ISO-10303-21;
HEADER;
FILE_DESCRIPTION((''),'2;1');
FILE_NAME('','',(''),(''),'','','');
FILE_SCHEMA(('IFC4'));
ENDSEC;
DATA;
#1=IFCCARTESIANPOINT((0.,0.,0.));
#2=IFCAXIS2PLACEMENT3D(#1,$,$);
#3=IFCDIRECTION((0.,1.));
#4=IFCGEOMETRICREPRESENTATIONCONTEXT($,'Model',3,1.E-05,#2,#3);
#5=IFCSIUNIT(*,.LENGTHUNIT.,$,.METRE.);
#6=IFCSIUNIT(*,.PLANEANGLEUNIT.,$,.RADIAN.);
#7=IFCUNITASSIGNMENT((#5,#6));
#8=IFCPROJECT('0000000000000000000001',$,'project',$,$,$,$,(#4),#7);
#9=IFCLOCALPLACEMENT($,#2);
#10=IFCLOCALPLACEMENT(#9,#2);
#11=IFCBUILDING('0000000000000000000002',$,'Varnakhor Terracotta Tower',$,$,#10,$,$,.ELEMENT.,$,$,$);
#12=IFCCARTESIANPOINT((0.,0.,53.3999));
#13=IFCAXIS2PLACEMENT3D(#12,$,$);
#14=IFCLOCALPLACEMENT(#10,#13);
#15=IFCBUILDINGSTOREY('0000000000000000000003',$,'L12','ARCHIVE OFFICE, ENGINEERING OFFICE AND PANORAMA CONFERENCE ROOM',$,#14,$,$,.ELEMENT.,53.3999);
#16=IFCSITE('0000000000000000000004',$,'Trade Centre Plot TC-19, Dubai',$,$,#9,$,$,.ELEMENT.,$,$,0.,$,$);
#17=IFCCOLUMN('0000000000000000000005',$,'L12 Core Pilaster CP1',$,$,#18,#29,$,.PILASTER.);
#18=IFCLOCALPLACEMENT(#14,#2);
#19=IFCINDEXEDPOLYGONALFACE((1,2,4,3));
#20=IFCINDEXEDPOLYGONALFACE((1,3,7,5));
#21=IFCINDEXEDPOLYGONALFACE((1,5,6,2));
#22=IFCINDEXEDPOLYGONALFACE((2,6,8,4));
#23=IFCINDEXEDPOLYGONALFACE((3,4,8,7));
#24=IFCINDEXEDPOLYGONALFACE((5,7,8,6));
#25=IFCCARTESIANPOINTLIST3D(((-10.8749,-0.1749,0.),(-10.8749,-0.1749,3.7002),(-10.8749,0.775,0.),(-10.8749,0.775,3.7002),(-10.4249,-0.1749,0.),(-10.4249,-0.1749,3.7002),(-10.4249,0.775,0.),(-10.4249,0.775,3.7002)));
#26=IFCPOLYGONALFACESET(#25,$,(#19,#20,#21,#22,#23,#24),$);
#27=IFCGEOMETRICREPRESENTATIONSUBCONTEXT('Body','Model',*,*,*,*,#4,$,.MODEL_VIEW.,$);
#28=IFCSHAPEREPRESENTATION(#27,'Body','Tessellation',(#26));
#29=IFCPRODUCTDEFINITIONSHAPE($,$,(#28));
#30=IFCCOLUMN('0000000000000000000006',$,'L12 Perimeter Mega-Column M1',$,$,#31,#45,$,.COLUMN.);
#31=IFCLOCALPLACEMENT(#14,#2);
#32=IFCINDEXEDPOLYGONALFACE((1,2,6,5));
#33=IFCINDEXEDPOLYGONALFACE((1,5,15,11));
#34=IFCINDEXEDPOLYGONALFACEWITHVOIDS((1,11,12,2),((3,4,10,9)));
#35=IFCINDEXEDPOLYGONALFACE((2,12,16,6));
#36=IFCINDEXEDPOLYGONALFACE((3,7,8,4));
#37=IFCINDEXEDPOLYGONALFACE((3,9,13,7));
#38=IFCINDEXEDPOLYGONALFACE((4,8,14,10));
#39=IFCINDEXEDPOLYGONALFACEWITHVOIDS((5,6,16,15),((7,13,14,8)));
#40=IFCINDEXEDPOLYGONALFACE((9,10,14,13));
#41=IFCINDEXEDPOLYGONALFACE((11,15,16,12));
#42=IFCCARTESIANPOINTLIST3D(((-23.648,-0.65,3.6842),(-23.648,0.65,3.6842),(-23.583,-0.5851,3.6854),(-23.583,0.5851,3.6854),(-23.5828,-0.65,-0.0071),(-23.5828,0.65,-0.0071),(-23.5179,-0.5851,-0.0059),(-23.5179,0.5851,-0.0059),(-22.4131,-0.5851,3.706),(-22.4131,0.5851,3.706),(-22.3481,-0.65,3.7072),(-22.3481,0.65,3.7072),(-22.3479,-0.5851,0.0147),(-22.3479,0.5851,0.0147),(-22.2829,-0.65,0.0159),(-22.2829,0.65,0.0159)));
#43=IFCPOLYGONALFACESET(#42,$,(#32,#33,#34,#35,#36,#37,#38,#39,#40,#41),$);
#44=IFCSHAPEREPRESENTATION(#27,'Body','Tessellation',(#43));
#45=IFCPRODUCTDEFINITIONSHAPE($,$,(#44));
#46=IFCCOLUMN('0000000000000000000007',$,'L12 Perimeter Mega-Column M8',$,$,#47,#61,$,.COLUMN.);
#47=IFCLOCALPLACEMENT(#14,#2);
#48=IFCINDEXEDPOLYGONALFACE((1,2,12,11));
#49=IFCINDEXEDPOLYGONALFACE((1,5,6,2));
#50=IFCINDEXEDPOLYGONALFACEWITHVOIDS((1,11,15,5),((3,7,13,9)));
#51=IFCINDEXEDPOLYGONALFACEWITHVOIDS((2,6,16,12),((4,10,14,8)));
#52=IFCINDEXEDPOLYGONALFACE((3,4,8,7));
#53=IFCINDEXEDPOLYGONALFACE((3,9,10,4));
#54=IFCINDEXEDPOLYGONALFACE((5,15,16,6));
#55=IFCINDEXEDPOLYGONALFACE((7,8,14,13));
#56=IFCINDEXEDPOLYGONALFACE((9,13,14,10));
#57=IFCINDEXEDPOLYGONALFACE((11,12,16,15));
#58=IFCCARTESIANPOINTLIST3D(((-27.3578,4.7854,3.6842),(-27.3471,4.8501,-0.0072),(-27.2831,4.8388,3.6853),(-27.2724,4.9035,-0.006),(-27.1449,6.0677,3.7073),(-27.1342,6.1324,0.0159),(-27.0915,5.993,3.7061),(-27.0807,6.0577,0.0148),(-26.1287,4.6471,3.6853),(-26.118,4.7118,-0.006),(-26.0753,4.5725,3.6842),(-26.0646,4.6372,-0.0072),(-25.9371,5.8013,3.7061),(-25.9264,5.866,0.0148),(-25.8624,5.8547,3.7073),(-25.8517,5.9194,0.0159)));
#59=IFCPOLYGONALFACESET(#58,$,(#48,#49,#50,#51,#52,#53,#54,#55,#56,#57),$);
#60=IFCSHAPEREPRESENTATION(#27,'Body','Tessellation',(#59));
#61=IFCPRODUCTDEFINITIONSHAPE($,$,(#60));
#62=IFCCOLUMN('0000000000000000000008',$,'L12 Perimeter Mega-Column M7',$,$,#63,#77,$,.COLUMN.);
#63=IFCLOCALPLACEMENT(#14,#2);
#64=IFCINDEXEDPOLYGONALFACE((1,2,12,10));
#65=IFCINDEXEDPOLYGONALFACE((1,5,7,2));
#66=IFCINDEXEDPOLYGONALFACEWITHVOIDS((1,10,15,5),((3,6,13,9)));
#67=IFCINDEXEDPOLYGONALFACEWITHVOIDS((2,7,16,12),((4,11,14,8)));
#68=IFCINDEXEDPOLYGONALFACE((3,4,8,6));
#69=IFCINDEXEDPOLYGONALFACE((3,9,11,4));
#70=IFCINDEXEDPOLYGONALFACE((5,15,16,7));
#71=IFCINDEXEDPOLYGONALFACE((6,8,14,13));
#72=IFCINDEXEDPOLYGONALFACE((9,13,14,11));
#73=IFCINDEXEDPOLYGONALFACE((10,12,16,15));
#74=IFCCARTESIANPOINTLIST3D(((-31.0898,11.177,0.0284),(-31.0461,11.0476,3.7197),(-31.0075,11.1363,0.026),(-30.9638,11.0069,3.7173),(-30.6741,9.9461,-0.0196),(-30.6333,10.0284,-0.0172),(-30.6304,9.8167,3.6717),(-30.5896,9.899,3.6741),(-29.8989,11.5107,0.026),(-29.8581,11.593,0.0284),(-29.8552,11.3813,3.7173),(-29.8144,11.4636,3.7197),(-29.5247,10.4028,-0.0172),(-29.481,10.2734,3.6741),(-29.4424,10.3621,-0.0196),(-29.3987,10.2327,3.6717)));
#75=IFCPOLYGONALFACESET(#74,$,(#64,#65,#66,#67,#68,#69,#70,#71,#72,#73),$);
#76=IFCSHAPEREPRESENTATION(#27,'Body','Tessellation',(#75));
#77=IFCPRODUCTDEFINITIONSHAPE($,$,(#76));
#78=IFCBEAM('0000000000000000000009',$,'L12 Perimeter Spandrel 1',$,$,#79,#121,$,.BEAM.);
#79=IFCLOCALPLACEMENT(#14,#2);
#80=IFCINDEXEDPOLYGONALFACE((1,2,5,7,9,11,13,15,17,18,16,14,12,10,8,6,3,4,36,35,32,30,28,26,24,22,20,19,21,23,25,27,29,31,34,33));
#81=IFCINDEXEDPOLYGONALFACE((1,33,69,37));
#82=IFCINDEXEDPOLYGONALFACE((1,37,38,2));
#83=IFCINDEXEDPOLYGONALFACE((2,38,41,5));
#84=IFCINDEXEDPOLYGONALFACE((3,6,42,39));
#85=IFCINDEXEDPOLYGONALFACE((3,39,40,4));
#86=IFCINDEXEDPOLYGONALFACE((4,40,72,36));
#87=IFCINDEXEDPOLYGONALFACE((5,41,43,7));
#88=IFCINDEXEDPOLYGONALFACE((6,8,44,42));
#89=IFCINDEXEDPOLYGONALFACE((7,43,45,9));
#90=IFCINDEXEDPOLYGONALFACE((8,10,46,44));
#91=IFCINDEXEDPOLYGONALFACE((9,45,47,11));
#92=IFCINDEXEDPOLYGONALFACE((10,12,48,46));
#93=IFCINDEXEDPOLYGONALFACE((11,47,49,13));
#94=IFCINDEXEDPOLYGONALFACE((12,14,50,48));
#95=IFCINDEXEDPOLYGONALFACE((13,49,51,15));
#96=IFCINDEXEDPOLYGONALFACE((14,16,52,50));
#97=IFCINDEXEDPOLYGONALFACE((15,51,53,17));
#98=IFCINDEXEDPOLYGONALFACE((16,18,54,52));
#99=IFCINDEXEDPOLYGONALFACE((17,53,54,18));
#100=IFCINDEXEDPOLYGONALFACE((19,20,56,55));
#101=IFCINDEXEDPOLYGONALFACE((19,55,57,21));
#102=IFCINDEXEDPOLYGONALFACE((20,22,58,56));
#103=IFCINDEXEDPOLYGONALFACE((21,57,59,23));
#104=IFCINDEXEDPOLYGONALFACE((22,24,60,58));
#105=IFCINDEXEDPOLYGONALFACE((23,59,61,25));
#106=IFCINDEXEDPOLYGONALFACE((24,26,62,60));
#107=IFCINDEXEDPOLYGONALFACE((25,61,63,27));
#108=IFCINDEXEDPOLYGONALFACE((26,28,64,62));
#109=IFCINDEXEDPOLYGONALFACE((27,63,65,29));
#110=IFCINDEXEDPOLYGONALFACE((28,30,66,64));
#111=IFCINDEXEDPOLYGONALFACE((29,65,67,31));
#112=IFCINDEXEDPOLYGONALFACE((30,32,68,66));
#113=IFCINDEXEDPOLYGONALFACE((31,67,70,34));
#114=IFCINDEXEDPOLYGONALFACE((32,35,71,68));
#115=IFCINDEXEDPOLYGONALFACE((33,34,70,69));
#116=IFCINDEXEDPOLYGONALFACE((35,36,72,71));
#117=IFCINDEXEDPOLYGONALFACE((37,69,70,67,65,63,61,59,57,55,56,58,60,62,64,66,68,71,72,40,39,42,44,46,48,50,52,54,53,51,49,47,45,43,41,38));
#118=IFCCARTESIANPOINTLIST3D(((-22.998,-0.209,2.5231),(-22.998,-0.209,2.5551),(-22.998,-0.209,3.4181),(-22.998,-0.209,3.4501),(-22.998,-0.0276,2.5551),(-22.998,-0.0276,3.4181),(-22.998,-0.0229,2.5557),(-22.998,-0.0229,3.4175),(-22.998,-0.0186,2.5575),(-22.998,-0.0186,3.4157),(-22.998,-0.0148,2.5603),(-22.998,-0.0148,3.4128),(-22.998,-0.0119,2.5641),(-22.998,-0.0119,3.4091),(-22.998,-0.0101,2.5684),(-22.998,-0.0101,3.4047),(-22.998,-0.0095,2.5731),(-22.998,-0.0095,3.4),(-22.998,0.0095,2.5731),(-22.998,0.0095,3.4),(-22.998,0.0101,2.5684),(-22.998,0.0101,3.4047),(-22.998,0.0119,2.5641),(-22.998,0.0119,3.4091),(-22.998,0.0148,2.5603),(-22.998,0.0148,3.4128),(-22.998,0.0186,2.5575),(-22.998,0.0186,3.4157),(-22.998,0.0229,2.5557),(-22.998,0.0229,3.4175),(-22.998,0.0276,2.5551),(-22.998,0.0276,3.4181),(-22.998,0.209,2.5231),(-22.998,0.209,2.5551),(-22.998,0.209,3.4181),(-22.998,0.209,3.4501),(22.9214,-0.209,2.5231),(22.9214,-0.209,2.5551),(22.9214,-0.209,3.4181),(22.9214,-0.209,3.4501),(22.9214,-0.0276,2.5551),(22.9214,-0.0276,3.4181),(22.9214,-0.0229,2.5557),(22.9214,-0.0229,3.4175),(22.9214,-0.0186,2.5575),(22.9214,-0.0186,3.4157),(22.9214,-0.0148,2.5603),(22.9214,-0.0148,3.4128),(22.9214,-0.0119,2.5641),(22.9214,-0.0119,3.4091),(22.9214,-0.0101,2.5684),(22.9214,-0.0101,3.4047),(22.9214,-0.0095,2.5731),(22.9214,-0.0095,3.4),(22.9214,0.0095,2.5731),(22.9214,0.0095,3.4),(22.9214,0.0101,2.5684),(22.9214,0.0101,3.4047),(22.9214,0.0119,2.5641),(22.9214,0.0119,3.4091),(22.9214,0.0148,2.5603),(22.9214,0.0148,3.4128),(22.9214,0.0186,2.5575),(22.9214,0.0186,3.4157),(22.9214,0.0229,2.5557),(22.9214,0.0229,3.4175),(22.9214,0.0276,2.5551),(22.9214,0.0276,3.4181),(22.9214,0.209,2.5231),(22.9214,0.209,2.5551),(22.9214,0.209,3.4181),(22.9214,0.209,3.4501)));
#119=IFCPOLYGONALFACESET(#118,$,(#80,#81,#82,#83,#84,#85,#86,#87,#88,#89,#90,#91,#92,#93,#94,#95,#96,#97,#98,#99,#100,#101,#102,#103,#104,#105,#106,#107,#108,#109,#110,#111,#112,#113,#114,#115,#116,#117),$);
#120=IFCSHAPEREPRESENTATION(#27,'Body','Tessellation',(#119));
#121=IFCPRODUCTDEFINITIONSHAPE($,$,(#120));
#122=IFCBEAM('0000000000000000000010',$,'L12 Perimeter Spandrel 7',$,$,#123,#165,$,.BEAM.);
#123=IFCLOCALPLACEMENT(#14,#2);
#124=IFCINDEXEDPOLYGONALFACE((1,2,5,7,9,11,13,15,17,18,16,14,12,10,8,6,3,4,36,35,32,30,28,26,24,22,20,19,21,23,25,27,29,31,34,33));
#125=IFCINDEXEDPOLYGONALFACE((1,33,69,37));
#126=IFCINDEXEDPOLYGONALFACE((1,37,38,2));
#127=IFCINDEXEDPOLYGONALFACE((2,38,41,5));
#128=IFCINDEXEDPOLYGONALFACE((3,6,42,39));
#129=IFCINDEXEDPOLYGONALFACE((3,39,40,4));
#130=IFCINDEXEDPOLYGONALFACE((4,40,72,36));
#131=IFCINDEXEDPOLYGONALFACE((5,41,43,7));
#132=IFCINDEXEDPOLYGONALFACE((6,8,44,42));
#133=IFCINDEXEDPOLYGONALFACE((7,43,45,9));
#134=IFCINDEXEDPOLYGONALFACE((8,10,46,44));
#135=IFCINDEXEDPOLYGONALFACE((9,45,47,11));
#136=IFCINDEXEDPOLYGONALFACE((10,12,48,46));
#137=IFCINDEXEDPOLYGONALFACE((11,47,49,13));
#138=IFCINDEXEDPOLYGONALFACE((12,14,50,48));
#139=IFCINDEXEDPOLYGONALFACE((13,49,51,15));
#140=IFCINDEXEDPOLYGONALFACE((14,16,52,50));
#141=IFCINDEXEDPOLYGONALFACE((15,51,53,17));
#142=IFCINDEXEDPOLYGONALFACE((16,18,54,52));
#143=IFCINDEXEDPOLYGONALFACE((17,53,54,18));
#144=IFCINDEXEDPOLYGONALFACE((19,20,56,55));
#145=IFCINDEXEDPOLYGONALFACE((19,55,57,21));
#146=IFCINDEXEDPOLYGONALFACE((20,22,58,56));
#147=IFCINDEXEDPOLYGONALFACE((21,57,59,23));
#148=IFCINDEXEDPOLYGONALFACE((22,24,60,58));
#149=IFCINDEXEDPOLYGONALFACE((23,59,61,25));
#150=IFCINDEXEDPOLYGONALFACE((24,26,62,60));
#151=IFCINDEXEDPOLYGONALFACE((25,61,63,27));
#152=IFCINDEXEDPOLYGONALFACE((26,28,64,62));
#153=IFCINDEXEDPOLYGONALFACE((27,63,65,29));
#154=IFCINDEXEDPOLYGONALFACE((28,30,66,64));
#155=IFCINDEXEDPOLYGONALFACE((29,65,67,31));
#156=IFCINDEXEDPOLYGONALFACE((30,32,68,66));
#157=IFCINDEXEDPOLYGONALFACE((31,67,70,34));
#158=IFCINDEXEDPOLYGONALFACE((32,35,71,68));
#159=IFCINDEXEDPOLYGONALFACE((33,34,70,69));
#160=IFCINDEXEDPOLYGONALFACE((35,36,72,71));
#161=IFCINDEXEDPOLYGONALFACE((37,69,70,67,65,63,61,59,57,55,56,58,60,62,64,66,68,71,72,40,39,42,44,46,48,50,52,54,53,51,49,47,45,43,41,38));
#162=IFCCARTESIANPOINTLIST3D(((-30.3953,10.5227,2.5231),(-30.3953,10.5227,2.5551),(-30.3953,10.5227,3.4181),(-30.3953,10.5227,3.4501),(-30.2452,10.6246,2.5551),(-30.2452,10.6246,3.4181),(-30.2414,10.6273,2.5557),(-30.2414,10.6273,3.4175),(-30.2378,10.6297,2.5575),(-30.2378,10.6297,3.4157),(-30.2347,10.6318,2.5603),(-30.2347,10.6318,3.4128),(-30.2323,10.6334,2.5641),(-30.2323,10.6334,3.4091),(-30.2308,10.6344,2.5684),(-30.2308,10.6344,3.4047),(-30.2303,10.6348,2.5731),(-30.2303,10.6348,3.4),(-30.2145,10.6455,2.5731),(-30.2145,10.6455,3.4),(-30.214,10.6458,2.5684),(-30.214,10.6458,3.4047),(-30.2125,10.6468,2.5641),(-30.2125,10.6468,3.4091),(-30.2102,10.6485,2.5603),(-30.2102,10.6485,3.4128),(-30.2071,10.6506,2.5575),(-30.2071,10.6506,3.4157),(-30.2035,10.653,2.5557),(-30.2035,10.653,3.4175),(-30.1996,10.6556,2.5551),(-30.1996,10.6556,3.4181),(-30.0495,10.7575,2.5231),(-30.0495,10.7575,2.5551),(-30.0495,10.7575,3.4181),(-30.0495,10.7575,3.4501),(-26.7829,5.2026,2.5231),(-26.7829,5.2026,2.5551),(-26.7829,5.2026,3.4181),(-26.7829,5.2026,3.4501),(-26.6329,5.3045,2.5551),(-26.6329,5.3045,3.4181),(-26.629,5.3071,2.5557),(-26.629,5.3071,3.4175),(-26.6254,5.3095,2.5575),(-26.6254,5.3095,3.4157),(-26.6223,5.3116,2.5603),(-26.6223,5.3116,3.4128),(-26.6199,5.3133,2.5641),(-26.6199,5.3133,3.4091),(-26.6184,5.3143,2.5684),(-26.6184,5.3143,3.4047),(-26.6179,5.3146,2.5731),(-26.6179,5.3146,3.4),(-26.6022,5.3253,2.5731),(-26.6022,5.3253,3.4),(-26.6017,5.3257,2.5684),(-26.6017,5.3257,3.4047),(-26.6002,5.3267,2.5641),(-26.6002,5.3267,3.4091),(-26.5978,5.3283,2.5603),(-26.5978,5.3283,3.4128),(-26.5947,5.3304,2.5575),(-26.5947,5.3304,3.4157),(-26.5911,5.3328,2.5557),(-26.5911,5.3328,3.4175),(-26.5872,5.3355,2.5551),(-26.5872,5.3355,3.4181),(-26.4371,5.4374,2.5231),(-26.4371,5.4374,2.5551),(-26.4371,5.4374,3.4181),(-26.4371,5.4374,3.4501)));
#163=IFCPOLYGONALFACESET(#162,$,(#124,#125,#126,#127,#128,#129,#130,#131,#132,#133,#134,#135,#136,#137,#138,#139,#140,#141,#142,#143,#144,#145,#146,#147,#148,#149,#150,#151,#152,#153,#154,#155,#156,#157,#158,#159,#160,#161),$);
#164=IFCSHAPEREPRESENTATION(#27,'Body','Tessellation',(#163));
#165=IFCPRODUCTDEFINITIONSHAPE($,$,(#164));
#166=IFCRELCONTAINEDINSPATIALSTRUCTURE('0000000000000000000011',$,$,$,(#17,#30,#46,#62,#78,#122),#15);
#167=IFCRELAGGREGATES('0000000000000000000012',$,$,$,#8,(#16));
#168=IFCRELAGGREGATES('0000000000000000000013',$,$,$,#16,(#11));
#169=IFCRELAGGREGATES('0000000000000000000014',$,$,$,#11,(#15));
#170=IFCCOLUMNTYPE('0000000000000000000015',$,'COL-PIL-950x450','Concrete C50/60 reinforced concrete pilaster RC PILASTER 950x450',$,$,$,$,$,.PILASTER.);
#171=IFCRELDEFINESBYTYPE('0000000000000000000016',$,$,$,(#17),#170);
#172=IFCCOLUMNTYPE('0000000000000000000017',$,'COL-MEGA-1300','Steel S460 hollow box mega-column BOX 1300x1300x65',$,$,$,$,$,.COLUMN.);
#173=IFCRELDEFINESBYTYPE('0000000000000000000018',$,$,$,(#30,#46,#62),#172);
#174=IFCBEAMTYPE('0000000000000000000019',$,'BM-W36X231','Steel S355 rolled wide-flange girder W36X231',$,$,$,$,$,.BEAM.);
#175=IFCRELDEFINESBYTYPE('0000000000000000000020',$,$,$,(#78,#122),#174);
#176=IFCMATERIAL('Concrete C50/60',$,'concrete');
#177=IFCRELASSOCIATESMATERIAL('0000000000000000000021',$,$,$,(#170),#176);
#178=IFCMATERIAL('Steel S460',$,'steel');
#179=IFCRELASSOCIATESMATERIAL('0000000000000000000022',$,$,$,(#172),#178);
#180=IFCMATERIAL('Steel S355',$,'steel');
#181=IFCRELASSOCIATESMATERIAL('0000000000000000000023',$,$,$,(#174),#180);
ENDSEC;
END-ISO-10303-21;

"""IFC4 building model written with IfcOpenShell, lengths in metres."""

from ifc_helpers import new_model, si_unit, direction, frame, origin, origin_2d, place, context, subcontext, project, spatial, rectangle, hollow_rectangle, i_section, extrude, source, transform, mapped, material, material_profile, profile_set, type_object, type_shapes, element, save


model = new_model("IFC4")

# Units and contexts
model_context = context("Model", 3, precision=1e-05, world=origin(), true_north=direction((0.0, 1.0)))
body_context = subcontext(model_context, "Body", "Model", "MODEL_VIEW")
ifc_project = project(units=[si_unit("LENGTHUNIT", "METRE"), si_unit("PLANEANGLEUNIT", "RADIAN")], contexts=[model_context])

# Site, building, storey
site_placement = place(None, origin())
site = spatial("IfcSite", under=ifc_project, at=site_placement, Name="Trade Centre Plot TC-19, Dubai", CompositionType="ELEMENT", RefElevation=0.0)
building_placement = place(site_placement, origin())
building = spatial("IfcBuilding", under=site, at=building_placement, Name="Varnakhor Terracotta Tower", CompositionType="ELEMENT")
storey_placement = place(building_placement, frame((0.0, 0.0, 53.3999)))
storey = spatial("IfcBuildingStorey", under=building, at=storey_placement, Name="L12", Description="ARCHIVE OFFICE, ENGINEERING OFFICE AND PANORAMA CONFERENCE ROOM", CompositionType="ELEMENT", Elevation=53.3999)

# Columns
ifc_material_1 = material(Name="Concrete C50/60", Category="concrete")
ifc_material_profile_1 = material_profile(ifc_material_1, rectangle(XDim=0.45, YDim=0.95, at=origin_2d()), Name="RC PILASTER 950x450")
ifc_profile_set_1 = profile_set([ifc_material_profile_1], Name="Concrete C50/60")
column_type_1 = type_object("IfcColumnType", Name="COL-PIL-950x450", Description="Concrete C50/60 reinforced concrete pilaster RC PILASTER 950x450", PredefinedType="PILASTER", material=ifc_profile_set_1)
shared_shape_1 = source(origin(), body_context, "Body", "SweptSolid", [
    extrude(rectangle(XDim=0.45, YDim=0.95, at=origin_2d()), origin(), (0.0, 0.0, 1.0), 3.7002),
])
column_1_placement = place(storey_placement, frame((-10.6499, 0.3, 0.0), z_axis=(0.0, 0.0, 1.0), x_axis=(1.0, 0.0, 0.0)))
element("IfcColumn", 1, at=column_1_placement, inside=storey, type_object=column_type_1, Name="L12 Core Pilaster CP1", PredefinedType="PILASTER", context=body_context, shape_type="MappedRepresentation", body=[
    mapped(shared_shape_1, transform((0.0, 0.0, 0.0), scale=1.0)),
])
ifc_material_2 = material(Name="Steel S460", Category="steel")
ifc_material_profile_2 = material_profile(ifc_material_2, hollow_rectangle(XDim=1.3, YDim=1.3, WallThickness=0.0649, at=origin_2d()), Name="BOX 1300x1300x65")
ifc_profile_set_2 = profile_set([ifc_material_profile_2], Name="Steel S460")
column_type_2 = type_object("IfcColumnType", Name="COL-MEGA-1300", Description="Steel S460 hollow box mega-column BOX 1300x1300x65", PredefinedType="COLUMN", material=ifc_profile_set_2)
shared_shape_2 = source(origin(), body_context, "Body", "SweptSolid", [
    extrude(hollow_rectangle(XDim=1.3, YDim=1.3, WallThickness=0.0649, at=origin_2d()), origin(), (0.0, 0.0, 1.0), 3.6919),
])
type_shapes(column_type_2, [shared_shape_2])
for number, where, z_axis, x_axis, name in (
    (2, (-22.9329, 0.0, 0.0044), (-0.017656, 0.0, 0.999844), (0.0, -1.0, 0.0), "L12 Perimeter Mega-Column M1"),
    (3, (-26.5994, 5.3848, 0.0044), (-0.00291, -0.017524, 0.999842), (0.986494, -0.163795, 0.0), "L12 Perimeter Mega-Column M8"),
):
    element("IfcColumn", number, at=place(storey_placement, frame(where, z_axis=z_axis, x_axis=x_axis)), inside=storey, type_object=column_type_2, Name=name, PredefinedType="COLUMN", context=body_context, shape_type="MappedRepresentation", body=[
        mapped(shared_shape_2, transform((0.0, 0.0, 0.0), scale=1.0)),
    ])
shared_shape_3 = source(origin(), body_context, "Body", "SweptSolid", [
    extrude(hollow_rectangle(XDim=1.3, YDim=1.3, WallThickness=0.0649, at=origin_2d()), origin(), (0.0, 0.0, 1.0), 3.6938),
])
column_2_placement = place(storey_placement, frame((-30.2661, 10.7695, 0.0044), z_axis=(0.011831, -0.035029, 0.999316), x_axis=(0.947425, 0.319979, 0.0)))
element("IfcColumn", 4, at=column_2_placement, inside=storey, type_object=column_type_2, Name="L12 Perimeter Mega-Column M7", PredefinedType="COLUMN", context=body_context, shape_type="MappedRepresentation", body=[
    mapped(shared_shape_3, transform((0.0, 0.0, 0.0), scale=1.0)),
])

# Beams
ifc_material_3 = material(Name="Steel S355", Category="steel")
ifc_material_profile_3 = material_profile(ifc_material_3, i_section(OverallWidth=0.418, OverallDepth=0.927, WebThickness=0.019, FlangeThickness=0.032, FilletRadius=0.0181, at=origin_2d()), Name="W36X231")
ifc_profile_set_3 = profile_set([ifc_material_profile_3], Name="Steel S355")
beam_type_1 = type_object("IfcBeamType", Name="BM-W36X231", Description="Steel S355 rolled wide-flange girder W36X231", PredefinedType="BEAM", material=ifc_profile_set_3)
shared_shape_4 = source(origin(), body_context, "Body", "SweptSolid", [
    extrude(i_section(OverallWidth=0.418, OverallDepth=0.927, WebThickness=0.019, FlangeThickness=0.032, FilletRadius=0.0181, at=origin_2d()), origin(), (0.0, 0.0, 1.0), 45.9194),
])
beam_1_placement = place(storey_placement, frame((-22.998, 0.0, 2.9866), z_axis=(1.0, 0.0, 0.0), x_axis=(0.0, 1.0, 0.0)))
element("IfcBeam", 5, at=beam_1_placement, inside=storey, type_object=beam_type_1, Name="L12 Perimeter Spandrel 1", PredefinedType="BEAM", context=body_context, shape_type="MappedRepresentation", body=[
    mapped(shared_shape_4, transform((0.0, 0.0, 0.0), scale=1.0)),
])
shared_shape_5 = source(origin(), body_context, "Body", "SweptSolid", [
    extrude(i_section(OverallWidth=0.418, OverallDepth=0.927, WebThickness=0.019, FlangeThickness=0.032, FilletRadius=0.0181, at=origin_2d()), origin(), (0.0, 0.0, 1.0), 6.4307),
])
beam_2_placement = place(storey_placement, frame((-30.2224, 10.6401, 2.9866), z_axis=(0.561742, -0.827313, 0.0), x_axis=(0.827313, 0.561742, 0.0)))
element("IfcBeam", 6, at=beam_2_placement, inside=storey, type_object=beam_type_1, Name="L12 Perimeter Spandrel 7", PredefinedType="BEAM", context=body_context, shape_type="MappedRepresentation", body=[
    mapped(shared_shape_5, transform((0.0, 0.0, 0.0), scale=1.0)),
])

save(model, "model.ifc")
